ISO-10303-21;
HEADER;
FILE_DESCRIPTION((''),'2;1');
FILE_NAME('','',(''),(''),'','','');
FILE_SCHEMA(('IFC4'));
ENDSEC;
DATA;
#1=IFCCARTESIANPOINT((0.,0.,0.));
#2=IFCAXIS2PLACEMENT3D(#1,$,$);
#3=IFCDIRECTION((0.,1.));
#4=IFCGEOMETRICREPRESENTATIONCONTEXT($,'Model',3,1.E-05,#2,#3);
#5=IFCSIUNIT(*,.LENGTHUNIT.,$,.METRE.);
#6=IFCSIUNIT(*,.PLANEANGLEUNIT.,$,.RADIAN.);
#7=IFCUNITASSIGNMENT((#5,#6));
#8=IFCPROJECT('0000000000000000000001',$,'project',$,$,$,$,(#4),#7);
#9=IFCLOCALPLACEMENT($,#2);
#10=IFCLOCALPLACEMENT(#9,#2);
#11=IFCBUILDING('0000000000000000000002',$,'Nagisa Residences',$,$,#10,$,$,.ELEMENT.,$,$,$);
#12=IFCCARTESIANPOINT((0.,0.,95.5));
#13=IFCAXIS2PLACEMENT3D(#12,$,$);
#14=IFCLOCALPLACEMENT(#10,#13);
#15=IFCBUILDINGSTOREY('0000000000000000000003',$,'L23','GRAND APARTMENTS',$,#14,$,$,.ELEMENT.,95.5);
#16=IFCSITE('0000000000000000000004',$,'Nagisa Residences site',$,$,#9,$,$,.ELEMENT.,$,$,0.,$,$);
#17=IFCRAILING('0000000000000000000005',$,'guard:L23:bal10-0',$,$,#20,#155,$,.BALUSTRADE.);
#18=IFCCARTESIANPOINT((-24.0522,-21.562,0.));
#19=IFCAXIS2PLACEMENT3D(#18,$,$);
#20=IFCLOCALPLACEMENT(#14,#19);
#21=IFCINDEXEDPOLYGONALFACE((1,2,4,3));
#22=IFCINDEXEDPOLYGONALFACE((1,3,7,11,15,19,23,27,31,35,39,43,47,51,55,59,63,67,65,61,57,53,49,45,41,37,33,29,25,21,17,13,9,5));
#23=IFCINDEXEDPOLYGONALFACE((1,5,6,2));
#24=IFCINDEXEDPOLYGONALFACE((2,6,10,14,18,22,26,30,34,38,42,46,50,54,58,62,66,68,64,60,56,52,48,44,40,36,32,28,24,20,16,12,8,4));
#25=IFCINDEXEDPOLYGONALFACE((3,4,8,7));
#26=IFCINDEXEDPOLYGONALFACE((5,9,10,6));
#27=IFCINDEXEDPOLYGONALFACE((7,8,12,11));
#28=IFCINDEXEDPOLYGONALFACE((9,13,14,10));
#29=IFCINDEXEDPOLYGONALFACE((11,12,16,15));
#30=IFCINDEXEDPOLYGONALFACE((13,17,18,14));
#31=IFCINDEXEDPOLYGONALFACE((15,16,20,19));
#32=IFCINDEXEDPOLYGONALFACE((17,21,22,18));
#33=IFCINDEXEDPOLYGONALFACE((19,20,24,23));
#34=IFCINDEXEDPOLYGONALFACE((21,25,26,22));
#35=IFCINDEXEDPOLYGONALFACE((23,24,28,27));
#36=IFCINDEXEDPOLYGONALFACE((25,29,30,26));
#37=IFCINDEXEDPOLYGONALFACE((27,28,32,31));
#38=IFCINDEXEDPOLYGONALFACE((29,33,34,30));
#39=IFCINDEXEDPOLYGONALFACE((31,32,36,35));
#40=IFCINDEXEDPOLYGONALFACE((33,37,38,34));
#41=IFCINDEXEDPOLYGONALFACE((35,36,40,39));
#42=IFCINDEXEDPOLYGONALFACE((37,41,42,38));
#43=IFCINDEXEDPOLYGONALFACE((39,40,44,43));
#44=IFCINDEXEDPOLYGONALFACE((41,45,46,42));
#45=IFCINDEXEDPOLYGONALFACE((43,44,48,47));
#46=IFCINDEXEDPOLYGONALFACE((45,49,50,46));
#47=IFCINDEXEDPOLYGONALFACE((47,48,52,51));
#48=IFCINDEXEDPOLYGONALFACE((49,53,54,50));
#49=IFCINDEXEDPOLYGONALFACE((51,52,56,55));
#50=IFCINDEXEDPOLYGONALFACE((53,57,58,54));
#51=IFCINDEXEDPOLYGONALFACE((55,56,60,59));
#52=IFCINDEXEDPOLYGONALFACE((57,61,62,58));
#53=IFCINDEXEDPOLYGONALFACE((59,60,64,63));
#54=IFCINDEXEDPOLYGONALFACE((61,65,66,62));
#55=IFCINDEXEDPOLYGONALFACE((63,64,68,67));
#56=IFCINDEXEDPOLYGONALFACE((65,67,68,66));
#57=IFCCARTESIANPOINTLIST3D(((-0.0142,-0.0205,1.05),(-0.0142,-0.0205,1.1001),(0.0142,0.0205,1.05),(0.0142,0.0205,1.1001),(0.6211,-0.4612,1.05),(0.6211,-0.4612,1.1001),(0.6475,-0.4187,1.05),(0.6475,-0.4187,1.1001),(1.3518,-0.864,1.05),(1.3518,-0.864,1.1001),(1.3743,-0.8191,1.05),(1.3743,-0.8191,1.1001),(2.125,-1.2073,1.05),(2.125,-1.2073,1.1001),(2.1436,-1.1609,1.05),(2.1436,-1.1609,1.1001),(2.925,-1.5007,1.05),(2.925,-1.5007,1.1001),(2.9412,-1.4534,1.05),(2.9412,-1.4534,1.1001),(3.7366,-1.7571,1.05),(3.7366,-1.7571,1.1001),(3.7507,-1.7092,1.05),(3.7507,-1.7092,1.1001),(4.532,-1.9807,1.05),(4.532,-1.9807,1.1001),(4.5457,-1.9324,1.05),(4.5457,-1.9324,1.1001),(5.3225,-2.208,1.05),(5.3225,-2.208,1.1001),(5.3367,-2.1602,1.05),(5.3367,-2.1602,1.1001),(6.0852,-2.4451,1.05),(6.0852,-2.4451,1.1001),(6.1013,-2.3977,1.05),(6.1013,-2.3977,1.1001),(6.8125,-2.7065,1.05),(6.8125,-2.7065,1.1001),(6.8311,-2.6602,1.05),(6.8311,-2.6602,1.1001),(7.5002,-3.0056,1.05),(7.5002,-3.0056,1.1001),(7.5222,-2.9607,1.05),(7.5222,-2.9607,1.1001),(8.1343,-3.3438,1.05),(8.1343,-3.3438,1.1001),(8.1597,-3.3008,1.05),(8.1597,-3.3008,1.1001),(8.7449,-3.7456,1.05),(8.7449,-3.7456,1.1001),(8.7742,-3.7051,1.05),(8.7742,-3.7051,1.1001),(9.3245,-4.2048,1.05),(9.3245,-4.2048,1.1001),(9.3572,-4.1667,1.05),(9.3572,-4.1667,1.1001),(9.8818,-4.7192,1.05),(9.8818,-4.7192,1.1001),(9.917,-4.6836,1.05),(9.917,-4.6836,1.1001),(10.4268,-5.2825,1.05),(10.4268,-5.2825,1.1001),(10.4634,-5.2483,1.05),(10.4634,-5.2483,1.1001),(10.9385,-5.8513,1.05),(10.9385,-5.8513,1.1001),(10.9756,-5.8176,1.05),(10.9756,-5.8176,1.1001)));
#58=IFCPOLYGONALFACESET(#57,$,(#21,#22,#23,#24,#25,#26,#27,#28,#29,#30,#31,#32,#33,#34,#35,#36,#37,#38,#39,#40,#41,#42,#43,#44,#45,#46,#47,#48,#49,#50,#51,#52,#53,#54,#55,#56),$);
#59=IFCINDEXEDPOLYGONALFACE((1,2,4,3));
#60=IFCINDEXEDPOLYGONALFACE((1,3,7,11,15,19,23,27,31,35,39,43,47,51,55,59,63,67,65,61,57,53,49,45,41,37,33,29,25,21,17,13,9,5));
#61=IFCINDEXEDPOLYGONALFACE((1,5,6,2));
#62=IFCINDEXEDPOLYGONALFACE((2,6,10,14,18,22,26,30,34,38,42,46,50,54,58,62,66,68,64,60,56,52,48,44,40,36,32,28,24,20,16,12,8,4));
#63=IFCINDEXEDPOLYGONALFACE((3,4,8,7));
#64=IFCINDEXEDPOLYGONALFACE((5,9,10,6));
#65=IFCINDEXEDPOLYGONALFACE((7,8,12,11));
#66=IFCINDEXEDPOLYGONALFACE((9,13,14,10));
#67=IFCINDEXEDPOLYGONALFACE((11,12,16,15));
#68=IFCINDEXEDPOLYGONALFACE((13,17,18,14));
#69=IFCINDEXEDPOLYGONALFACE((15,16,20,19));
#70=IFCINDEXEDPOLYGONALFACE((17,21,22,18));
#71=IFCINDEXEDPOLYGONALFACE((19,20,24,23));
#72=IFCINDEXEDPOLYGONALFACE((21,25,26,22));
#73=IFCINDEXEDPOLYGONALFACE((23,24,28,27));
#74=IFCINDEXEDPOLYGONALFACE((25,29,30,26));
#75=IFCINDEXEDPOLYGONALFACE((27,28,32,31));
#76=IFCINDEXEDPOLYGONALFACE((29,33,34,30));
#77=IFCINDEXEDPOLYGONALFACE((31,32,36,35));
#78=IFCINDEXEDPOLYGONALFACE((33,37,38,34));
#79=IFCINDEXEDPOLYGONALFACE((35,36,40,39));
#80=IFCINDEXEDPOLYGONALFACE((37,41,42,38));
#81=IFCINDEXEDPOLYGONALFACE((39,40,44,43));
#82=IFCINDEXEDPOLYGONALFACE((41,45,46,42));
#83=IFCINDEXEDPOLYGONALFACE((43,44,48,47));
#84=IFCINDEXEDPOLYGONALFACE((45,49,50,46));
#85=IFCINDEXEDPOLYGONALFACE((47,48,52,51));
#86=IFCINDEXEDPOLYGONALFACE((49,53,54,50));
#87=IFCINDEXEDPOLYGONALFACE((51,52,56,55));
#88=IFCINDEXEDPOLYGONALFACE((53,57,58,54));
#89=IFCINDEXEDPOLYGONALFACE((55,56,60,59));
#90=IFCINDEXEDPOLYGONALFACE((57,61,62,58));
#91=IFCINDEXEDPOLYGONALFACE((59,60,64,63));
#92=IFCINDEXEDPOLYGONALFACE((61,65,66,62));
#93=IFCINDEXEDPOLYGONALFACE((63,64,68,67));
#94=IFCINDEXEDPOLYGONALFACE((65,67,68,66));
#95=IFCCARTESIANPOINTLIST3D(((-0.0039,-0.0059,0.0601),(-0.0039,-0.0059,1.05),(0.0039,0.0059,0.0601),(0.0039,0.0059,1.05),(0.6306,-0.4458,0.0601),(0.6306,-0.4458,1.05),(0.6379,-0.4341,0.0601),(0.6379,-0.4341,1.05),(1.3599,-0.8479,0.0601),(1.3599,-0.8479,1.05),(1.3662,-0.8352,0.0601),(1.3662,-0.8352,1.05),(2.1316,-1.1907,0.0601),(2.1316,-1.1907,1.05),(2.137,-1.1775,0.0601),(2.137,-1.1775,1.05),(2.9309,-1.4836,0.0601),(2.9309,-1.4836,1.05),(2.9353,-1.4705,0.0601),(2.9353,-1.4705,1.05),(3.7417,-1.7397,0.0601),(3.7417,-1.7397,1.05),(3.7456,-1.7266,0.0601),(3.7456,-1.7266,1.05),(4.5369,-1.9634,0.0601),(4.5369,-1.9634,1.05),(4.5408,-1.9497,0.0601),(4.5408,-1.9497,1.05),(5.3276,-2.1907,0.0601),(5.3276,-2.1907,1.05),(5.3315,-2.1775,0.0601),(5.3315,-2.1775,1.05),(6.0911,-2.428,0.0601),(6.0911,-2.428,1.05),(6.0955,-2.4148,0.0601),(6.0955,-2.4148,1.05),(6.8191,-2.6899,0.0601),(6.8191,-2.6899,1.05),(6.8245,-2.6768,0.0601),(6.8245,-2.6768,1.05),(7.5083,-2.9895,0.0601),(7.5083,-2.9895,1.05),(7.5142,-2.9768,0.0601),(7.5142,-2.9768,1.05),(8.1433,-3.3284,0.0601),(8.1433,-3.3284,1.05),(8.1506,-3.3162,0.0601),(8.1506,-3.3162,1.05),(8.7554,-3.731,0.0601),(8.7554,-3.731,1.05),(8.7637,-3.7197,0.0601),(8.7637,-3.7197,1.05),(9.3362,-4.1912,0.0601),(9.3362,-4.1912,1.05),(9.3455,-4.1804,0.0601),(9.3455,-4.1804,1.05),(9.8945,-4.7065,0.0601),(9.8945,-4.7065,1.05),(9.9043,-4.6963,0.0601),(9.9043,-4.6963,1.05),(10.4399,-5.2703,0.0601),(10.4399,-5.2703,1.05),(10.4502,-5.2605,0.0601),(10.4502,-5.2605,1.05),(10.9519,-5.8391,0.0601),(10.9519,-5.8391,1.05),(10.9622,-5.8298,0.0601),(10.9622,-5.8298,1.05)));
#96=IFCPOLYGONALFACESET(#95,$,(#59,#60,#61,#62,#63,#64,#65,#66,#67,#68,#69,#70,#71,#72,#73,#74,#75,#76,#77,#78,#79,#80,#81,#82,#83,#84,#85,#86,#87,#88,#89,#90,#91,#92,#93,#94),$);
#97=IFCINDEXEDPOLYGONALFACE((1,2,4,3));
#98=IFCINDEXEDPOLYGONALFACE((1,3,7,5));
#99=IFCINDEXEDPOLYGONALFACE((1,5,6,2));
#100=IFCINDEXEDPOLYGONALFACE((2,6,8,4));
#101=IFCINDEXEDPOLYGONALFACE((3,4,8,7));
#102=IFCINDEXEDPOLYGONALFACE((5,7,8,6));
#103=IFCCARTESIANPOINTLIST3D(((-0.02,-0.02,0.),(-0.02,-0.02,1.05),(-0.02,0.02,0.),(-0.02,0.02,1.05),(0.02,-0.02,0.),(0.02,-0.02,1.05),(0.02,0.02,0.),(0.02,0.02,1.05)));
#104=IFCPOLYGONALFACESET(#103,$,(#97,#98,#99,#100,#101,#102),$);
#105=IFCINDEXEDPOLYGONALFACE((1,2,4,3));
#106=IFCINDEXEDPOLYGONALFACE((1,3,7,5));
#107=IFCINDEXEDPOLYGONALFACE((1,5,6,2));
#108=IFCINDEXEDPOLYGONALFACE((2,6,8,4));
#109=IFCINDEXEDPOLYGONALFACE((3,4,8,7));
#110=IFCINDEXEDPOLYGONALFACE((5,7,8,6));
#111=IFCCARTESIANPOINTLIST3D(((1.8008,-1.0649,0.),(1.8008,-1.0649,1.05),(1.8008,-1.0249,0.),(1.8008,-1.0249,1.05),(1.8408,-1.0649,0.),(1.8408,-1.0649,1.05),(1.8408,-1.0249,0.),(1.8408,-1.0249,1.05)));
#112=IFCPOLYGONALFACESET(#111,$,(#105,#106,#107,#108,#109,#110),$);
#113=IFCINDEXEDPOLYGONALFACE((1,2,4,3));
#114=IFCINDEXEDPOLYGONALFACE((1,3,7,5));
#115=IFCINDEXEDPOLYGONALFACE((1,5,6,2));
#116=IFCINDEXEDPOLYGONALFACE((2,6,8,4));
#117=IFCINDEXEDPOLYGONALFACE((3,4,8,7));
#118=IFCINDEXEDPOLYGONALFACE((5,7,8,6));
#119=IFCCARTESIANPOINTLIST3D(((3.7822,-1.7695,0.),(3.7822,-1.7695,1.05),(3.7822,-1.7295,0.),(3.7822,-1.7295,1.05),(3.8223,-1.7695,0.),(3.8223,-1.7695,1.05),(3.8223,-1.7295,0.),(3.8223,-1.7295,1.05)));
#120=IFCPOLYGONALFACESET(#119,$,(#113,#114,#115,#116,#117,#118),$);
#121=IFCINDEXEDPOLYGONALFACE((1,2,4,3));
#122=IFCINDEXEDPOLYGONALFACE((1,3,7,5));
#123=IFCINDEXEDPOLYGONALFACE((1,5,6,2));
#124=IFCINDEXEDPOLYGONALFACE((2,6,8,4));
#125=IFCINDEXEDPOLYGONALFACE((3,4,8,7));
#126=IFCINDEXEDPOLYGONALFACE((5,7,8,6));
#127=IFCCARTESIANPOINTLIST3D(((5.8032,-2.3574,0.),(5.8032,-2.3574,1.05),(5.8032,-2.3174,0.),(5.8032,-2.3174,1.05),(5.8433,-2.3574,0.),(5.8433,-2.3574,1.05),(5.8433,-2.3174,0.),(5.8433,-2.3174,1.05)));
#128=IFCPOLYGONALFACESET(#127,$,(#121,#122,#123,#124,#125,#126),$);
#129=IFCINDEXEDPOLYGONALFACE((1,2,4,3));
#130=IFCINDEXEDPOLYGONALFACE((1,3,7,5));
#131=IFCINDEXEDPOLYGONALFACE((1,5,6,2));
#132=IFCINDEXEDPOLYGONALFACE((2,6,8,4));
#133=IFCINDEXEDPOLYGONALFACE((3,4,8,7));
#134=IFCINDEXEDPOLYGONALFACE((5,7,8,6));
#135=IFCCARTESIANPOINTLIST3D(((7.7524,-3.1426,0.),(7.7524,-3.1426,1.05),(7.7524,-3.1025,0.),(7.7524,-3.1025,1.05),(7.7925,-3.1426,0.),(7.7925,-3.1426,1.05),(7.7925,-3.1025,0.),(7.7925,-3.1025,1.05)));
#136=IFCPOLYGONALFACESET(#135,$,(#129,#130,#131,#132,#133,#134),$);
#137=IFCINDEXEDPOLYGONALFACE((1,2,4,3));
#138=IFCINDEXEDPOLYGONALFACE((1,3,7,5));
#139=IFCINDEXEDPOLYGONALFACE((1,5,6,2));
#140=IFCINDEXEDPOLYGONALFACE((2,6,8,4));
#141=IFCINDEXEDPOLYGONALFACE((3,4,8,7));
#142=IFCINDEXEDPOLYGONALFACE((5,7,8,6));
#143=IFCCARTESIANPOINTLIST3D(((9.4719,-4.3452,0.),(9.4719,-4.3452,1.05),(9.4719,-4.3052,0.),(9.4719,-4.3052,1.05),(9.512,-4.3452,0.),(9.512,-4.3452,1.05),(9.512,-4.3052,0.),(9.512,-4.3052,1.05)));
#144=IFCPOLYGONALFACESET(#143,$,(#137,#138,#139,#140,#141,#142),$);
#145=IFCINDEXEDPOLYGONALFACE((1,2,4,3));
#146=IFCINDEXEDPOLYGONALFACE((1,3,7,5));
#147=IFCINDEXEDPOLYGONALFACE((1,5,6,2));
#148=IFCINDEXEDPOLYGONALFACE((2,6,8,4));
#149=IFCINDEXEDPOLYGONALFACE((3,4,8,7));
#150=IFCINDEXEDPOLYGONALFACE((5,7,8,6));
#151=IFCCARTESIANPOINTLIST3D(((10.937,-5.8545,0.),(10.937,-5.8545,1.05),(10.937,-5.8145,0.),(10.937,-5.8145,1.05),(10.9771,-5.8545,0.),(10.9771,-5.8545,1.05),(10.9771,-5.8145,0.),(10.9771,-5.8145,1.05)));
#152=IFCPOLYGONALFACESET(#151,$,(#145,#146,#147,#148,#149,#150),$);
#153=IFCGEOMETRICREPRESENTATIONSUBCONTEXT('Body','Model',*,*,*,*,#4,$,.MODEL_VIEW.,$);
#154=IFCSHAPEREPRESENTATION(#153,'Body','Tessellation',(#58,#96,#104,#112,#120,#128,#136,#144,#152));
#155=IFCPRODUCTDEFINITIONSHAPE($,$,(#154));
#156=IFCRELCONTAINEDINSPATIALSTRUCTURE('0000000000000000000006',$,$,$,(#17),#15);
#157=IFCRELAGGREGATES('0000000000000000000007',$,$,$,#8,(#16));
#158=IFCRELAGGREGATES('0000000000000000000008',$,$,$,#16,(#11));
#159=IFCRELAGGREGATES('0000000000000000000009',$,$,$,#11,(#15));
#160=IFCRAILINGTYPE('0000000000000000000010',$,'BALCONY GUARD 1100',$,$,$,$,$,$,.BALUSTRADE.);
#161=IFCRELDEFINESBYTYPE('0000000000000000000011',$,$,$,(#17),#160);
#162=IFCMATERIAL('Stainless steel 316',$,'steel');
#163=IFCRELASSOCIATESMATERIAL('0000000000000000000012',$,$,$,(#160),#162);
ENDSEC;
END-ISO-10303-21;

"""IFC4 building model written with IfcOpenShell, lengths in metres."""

from ifc_helpers import new_model, si_unit, direction, frame, origin, origin_2d, place, context, subcontext, project, spatial, polyline, rectangle, outline, extrude, material, type_object, element, save


model = new_model("IFC4")

# Units and contexts
model_context = context("Model", 3, precision=1e-05, world=origin(), true_north=direction((0.0, 1.0)))
body_context = subcontext(model_context, "Body", "Model", "MODEL_VIEW")
ifc_project = project(units=[si_unit("LENGTHUNIT", "METRE"), si_unit("PLANEANGLEUNIT", "RADIAN")], contexts=[model_context])

# Site, building, storey
site_placement = place(None, origin())
site = spatial("IfcSite", under=ifc_project, at=site_placement, Name="Nagisa Residences site", CompositionType="ELEMENT", RefElevation=0.0)
building_placement = place(site_placement, origin())
building = spatial("IfcBuilding", under=site, at=building_placement, Name="Nagisa Residences", CompositionType="ELEMENT")
storey_placement = place(building_placement, frame((0.0, 0.0, 95.5)))
storey = spatial("IfcBuildingStorey", under=building, at=storey_placement, Name="L23", Description="GRAND APARTMENTS", CompositionType="ELEMENT", Elevation=95.5)

# Railing
ifc_material_1 = material(Name="Stainless steel 316", Category="steel")
railing_type = type_object("IfcRailingType", Name="BALCONY GUARD 1100", PredefinedType="BALUSTRADE", material=ifc_material_1)
railing_1_placement = place(storey_placement, frame((-24.0522, -21.562, 0.0)))
element("IfcRailing", 1, at=railing_1_placement, inside=storey, type_object=railing_type, Name="guard:L23:bal10-0", PredefinedType="BALUSTRADE", context=body_context, shape_type="SweptSolid", body=[
    extrude(outline(polyline([(0.6475, -0.4187), (0.0142, 0.0205), (-0.0142, -0.0205), (0.6211, -0.4612), (1.3518, -0.864), (2.125, -1.2073), (2.925, -1.5007), (3.7366, -1.7571), (4.532, -1.9807), (5.3225, -2.208), (6.0852, -2.4451), (6.8125, -2.7065), (7.5002, -3.0056), (8.1343, -3.3438), (8.7449, -3.7456), (9.3245, -4.2048), (9.8818, -4.7192), (10.4268, -5.2825), (10.9385, -5.8513), (10.9756, -5.8176), (10.4634, -5.2483), (9.917, -4.6836), (9.3572, -4.1667), (8.7742, -3.7051), (8.1597, -3.3008), (7.5222, -2.9607), (6.8311, -2.6602), (6.1013, -2.3977), (5.3367, -2.1602), (4.5457, -1.9324), (3.7507, -1.7092), (2.9412, -1.4534), (2.1436, -1.1609), (1.3743, -0.8191), (0.6475, -0.4187)])), frame((0.0, 0.0, 1.05)), (0.0, 0.0, 1.0), 0.05),
    extrude(outline(polyline([(0.6379, -0.4341), (0.0039, 0.0059), (-0.0039, -0.0059), (0.6306, -0.4458), (1.3599, -0.8479), (2.1316, -1.1907), (2.9309, -1.4836), (3.7417, -1.7397), (4.5369, -1.9634), (5.3276, -2.1907), (6.0911, -2.428), (6.8191, -2.6899), (7.5083, -2.9895), (8.1433, -3.3284), (8.7554, -3.731), (9.3362, -4.1912), (9.8945, -4.7065), (10.4399, -5.2703), (10.9519, -5.8391), (10.9622, -5.8298), (10.4502, -5.2605), (9.9043, -4.6963), (9.3455, -4.1804), (8.7637, -3.7197), (8.1506, -3.3162), (7.5142, -2.9768), (6.8245, -2.6768), (6.0955, -2.4148), (5.3315, -2.1775), (4.5408, -1.9497), (3.7456, -1.7266), (2.9353, -1.4705), (2.137, -1.1775), (1.3662, -0.8352), (0.6379, -0.4341)])), frame((0.0, 0.0, 0.0601)), (0.0, 0.0, 1.0), 0.99),
    extrude(rectangle(XDim=0.04, YDim=0.04, at=origin_2d()), origin(), (0.0, 0.0, 1.0), 1.05),
    extrude(rectangle(XDim=0.04, YDim=0.04, at=origin_2d()), frame((1.8208, -1.0449, 0.0)), (0.0, 0.0, 1.0), 1.05),
    extrude(rectangle(XDim=0.04, YDim=0.04, at=origin_2d()), frame((3.8022, -1.7495, 0.0)), (0.0, 0.0, 1.0), 1.05),
    extrude(rectangle(XDim=0.04, YDim=0.04, at=origin_2d()), frame((5.8232, -2.3374, 0.0)), (0.0, 0.0, 1.0), 1.05),
    extrude(rectangle(XDim=0.04, YDim=0.04, at=origin_2d()), frame((7.7725, -3.1226, 0.0)), (0.0, 0.0, 1.0), 1.05),
    extrude(rectangle(XDim=0.04, YDim=0.04, at=origin_2d()), frame((9.4919, -4.3252, 0.0)), (0.0, 0.0, 1.0), 1.05),
    extrude(rectangle(XDim=0.04, YDim=0.04, at=origin_2d()), frame((10.957, -5.8345, 0.0)), (0.0, 0.0, 1.0), 1.05),
])

save(model, "model.ifc")
